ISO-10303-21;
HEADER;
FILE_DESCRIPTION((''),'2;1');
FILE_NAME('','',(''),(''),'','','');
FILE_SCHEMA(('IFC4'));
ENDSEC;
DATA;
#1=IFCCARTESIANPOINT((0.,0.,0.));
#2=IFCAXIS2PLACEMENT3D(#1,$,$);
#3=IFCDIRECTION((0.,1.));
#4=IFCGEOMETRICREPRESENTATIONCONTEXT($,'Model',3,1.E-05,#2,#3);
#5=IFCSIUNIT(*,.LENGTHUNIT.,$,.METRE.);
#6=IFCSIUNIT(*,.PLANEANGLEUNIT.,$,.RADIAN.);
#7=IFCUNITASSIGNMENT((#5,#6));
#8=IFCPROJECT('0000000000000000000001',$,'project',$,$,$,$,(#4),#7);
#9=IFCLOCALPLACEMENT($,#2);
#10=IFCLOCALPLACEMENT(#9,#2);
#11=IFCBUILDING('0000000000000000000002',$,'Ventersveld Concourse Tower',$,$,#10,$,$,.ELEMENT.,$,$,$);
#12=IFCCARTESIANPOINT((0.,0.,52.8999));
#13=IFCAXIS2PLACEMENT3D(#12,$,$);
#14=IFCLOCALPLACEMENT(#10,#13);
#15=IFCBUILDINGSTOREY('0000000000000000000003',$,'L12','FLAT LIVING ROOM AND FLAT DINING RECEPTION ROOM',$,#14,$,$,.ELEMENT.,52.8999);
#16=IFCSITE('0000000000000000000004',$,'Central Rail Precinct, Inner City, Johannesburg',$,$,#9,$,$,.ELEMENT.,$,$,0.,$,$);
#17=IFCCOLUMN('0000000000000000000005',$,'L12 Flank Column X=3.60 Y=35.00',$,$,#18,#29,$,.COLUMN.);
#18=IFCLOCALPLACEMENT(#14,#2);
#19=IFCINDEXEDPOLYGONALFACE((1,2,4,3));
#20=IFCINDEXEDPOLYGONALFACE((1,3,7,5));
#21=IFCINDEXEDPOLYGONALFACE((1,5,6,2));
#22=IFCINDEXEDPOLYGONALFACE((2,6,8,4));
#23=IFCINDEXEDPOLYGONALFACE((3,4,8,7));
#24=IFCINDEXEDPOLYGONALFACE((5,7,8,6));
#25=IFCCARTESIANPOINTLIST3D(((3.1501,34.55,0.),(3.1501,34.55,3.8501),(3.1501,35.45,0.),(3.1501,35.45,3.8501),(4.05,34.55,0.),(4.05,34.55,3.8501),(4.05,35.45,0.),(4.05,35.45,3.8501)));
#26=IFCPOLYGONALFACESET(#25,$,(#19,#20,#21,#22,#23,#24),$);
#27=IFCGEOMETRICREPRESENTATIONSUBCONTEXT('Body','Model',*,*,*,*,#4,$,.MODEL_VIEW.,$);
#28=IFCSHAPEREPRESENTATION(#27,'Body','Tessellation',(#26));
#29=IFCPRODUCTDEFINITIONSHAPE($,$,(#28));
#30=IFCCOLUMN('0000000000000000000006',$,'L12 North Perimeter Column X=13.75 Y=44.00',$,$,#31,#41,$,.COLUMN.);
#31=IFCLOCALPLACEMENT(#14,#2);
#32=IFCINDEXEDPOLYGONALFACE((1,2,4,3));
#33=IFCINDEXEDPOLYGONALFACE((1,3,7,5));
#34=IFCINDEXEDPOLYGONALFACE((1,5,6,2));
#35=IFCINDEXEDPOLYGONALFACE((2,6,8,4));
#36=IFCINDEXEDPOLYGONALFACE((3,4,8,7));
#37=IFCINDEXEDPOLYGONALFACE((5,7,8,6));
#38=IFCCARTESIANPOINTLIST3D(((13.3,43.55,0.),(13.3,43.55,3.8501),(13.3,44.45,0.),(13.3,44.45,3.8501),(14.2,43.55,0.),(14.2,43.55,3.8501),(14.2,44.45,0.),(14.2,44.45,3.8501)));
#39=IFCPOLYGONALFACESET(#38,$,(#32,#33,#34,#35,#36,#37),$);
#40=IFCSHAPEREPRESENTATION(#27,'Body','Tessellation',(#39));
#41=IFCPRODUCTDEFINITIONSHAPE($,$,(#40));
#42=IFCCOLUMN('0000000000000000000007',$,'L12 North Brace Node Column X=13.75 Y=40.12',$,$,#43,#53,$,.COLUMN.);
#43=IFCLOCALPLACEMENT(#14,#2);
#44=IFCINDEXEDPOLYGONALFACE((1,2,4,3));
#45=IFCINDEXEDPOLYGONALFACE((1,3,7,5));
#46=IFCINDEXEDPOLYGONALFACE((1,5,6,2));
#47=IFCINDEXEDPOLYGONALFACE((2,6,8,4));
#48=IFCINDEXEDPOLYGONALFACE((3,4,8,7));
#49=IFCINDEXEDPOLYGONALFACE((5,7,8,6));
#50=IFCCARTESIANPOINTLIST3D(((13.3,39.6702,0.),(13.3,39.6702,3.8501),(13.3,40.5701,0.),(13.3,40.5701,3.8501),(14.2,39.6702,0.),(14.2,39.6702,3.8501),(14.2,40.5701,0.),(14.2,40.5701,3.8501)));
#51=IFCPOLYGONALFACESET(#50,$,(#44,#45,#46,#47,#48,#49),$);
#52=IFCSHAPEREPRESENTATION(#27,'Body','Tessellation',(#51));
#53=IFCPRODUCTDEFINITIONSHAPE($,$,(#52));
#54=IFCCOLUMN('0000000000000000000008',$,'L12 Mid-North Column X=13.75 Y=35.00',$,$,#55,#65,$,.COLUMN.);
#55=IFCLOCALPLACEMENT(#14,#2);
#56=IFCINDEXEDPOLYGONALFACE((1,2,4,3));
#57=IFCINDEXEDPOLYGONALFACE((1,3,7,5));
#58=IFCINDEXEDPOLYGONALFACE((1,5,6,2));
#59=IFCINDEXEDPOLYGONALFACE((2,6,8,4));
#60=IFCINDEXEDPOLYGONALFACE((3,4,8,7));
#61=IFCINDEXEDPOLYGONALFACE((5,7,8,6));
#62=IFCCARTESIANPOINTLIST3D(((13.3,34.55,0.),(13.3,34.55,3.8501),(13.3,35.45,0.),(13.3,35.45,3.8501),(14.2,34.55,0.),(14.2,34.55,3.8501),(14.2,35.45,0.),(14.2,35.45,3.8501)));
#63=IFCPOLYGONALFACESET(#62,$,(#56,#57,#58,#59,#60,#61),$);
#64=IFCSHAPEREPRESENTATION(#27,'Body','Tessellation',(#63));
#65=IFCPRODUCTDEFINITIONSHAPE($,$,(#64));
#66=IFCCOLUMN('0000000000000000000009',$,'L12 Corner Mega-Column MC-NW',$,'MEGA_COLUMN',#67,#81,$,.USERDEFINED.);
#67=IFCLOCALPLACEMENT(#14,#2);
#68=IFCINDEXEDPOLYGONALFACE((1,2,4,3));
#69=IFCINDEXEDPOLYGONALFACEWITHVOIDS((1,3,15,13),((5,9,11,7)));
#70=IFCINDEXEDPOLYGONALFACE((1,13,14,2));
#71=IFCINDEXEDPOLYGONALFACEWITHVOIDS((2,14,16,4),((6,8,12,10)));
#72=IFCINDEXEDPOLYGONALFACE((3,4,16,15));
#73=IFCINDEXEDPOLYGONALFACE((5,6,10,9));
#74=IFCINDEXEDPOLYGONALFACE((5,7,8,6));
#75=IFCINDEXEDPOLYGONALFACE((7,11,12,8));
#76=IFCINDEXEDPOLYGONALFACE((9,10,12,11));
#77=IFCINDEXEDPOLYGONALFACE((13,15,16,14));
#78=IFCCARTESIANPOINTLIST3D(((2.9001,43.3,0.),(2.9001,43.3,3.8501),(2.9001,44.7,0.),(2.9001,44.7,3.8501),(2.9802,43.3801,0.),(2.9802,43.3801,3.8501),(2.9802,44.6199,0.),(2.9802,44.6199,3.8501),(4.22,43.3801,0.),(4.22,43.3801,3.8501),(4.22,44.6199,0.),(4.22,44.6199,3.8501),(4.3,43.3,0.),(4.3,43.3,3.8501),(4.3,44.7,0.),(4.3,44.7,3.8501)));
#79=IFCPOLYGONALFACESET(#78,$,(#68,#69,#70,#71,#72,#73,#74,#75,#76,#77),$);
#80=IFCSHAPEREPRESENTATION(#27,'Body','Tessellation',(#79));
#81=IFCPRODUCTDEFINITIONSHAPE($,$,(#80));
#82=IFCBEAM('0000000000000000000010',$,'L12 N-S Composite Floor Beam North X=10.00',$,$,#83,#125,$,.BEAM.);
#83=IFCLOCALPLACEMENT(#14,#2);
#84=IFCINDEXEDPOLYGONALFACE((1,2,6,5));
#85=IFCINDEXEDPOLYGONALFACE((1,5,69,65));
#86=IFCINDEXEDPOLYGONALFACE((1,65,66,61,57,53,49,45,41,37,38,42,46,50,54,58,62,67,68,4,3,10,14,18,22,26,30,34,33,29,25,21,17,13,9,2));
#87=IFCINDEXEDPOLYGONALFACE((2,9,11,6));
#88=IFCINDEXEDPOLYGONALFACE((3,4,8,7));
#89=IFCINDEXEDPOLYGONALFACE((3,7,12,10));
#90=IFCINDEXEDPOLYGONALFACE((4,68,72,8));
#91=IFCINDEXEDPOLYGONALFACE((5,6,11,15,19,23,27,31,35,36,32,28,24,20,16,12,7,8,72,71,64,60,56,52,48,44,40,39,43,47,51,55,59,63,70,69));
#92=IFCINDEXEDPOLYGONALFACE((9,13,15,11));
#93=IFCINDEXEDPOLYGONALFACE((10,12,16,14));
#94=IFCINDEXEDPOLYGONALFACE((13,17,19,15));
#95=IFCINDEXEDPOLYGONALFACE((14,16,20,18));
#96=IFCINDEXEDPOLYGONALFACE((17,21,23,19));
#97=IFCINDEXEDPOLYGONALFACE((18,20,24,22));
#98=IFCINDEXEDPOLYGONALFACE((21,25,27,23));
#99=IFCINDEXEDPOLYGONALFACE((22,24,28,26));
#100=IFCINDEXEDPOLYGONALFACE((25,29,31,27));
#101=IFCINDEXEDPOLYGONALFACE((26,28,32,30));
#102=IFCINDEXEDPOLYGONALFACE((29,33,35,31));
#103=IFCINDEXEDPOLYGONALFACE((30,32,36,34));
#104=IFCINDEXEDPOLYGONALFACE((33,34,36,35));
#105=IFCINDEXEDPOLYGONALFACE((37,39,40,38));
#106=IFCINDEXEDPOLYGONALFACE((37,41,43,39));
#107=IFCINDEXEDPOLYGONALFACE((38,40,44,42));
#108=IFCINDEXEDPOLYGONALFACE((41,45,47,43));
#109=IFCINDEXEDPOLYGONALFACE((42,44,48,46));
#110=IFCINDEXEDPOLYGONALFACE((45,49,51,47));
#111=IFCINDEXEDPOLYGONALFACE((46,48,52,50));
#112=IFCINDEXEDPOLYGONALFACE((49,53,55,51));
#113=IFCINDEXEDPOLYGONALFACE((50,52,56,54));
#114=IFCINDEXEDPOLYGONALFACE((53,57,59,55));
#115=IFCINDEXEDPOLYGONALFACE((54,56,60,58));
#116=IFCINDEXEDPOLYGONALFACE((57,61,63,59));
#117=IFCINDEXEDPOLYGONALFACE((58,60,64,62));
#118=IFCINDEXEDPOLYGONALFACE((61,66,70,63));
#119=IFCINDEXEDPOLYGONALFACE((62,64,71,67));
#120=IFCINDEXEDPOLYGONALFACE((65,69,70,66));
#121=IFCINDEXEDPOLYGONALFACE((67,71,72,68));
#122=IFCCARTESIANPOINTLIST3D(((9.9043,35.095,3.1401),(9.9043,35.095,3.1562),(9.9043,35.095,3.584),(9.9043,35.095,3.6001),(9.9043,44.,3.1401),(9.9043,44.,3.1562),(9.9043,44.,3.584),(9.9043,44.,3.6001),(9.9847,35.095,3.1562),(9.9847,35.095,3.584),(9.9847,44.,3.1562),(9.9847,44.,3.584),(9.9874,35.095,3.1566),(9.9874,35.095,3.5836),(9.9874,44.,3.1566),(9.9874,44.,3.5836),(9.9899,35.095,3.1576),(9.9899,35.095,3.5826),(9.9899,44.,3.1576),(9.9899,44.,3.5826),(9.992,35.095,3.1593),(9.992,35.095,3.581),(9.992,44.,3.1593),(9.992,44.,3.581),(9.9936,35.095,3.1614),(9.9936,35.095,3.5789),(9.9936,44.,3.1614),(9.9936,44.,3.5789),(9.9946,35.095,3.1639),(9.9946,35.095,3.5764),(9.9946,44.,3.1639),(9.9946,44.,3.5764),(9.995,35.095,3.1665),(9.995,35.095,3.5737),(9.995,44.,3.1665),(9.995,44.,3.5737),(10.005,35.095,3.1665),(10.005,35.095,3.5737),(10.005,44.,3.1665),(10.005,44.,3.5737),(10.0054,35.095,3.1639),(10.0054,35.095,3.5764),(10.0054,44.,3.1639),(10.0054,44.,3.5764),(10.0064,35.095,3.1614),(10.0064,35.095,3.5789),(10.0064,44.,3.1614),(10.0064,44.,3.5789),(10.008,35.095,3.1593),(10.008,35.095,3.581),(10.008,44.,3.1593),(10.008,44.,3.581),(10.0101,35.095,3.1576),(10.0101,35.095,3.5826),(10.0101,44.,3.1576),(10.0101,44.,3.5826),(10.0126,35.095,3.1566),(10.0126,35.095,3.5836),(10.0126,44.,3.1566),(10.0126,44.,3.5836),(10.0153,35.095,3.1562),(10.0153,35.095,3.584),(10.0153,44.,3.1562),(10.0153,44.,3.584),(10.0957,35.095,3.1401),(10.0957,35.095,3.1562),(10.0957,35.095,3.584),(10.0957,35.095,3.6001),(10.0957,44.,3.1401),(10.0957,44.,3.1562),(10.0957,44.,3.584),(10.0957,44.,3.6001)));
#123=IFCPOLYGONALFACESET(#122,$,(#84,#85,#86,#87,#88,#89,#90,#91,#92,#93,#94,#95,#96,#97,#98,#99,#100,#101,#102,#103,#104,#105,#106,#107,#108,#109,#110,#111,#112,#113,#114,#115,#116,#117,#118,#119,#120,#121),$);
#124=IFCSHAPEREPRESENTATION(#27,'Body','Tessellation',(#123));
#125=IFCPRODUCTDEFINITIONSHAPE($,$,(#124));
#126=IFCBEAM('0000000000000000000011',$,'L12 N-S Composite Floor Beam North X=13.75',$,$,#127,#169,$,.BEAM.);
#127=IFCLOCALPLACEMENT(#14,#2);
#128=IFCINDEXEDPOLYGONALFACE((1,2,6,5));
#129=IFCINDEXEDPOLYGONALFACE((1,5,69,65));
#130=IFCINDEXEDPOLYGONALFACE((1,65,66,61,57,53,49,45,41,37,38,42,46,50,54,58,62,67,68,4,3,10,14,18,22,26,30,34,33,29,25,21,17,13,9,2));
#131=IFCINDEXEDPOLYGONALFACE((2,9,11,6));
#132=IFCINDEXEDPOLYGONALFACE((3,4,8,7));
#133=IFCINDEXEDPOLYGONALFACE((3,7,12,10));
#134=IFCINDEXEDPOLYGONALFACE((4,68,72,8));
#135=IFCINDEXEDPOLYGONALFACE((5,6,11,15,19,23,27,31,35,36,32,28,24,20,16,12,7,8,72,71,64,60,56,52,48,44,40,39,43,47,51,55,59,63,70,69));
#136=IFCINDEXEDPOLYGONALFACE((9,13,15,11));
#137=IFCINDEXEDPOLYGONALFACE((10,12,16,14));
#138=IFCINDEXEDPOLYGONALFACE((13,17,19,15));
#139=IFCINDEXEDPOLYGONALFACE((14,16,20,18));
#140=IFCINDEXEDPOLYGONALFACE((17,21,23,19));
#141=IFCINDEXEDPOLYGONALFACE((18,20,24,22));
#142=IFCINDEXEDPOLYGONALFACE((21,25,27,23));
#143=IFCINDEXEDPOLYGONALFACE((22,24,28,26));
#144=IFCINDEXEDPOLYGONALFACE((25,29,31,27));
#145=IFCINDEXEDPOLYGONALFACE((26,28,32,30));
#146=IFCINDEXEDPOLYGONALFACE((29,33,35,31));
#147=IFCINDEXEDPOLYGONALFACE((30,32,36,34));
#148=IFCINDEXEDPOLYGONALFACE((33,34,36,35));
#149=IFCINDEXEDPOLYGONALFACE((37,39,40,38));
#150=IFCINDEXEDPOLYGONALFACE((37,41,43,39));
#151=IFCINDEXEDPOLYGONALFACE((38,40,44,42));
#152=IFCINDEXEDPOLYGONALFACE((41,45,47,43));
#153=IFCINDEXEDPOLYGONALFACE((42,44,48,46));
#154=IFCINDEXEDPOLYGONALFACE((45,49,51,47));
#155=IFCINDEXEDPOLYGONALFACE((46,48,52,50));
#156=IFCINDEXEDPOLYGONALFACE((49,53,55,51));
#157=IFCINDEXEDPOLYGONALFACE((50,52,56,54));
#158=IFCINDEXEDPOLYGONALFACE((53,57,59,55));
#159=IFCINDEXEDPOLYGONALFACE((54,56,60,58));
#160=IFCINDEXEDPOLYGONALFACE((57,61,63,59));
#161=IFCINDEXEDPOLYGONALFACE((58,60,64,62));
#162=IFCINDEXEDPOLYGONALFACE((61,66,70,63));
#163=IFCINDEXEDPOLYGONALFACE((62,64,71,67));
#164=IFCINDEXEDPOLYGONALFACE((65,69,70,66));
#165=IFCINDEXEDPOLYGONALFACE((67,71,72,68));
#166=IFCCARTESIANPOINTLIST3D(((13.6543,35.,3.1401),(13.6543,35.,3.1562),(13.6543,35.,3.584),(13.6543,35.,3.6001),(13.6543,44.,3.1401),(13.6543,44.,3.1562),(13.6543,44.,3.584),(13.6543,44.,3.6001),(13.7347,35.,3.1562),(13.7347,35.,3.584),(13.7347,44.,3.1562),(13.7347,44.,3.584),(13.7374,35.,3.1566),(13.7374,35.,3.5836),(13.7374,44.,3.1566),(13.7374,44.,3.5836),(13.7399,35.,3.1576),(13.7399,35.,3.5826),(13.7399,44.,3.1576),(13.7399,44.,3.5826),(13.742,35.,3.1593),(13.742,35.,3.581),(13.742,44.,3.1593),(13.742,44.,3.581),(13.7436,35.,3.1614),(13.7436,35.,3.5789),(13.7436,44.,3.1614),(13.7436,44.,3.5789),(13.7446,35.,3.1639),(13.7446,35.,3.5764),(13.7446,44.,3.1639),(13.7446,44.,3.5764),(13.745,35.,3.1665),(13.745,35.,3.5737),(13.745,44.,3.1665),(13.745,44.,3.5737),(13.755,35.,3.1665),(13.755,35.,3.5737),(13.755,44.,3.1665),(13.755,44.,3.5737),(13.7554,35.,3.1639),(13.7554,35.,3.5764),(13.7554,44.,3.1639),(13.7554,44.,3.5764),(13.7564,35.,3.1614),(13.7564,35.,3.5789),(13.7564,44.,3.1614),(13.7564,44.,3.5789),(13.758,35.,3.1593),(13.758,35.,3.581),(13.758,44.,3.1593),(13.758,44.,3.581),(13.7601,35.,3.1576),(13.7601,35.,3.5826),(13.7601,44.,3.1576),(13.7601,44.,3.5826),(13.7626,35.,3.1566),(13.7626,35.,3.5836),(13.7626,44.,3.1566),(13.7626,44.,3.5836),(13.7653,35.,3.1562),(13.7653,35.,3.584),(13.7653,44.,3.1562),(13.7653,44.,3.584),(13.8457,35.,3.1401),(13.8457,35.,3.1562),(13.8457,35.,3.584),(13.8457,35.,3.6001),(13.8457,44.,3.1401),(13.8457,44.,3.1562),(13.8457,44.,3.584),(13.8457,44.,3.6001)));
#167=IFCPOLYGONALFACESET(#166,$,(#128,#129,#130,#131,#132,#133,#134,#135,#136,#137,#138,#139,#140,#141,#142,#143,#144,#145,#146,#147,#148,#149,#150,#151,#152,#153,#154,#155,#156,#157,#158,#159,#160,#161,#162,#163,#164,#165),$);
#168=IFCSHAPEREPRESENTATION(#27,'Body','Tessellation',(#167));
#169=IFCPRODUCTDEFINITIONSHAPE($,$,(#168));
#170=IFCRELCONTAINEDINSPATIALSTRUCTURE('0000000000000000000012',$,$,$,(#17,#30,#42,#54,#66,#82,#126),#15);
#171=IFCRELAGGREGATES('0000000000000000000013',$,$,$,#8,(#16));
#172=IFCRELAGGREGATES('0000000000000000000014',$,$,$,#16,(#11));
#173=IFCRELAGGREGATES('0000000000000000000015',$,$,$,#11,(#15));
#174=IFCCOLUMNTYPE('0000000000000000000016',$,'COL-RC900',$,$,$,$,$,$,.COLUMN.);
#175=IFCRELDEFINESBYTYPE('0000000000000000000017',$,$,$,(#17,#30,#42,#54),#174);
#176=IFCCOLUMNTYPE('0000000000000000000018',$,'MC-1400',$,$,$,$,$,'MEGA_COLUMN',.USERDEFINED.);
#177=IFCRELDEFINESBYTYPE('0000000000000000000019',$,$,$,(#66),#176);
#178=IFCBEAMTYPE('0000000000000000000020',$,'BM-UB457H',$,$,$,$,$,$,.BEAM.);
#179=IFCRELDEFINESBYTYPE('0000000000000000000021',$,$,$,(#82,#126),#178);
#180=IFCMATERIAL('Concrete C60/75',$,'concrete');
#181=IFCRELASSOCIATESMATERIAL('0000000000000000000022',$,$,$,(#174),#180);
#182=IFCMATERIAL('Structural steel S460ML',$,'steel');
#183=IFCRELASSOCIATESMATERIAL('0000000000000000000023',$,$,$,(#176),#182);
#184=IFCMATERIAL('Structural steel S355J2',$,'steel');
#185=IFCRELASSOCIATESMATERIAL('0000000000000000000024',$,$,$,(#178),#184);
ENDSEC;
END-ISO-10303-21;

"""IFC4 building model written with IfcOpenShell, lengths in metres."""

from ifc_helpers import new_model, si_unit, direction, frame, origin, origin_2d, place, context, subcontext, project, spatial, rectangle, hollow_rectangle, i_section, extrude, material, material_profile, profile_set, type_object, element, save


model = new_model("IFC4")

# Units and contexts
model_context = context("Model", 3, precision=1e-05, world=origin(), true_north=direction((0.0, 1.0)))
body_context = subcontext(model_context, "Body", "Model", "MODEL_VIEW")
ifc_project = project(units=[si_unit("LENGTHUNIT", "METRE"), si_unit("PLANEANGLEUNIT", "RADIAN")], contexts=[model_context])

# Site, building, storey
site_placement = place(None, origin())
site = spatial("IfcSite", under=ifc_project, at=site_placement, Name="Central Rail Precinct, Inner City, Johannesburg", CompositionType="ELEMENT", RefElevation=0.0)
building_placement = place(site_placement, origin())
building = spatial("IfcBuilding", under=site, at=building_placement, Name="Ventersveld Concourse Tower", CompositionType="ELEMENT")
storey_placement = place(building_placement, frame((0.0, 0.0, 52.8999)))
storey = spatial("IfcBuildingStorey", under=building, at=storey_placement, Name="L12", Description="FLAT LIVING ROOM AND FLAT DINING RECEPTION ROOM", CompositionType="ELEMENT", Elevation=52.8999)

# Columns
ifc_material_1 = material(Name="Concrete C60/75", Category="concrete")
ifc_material_profile_1 = material_profile(ifc_material_1, rectangle(XDim=0.8999, YDim=0.8999, at=origin_2d()), Name="RC 900x900")
ifc_profile_set_1 = profile_set([ifc_material_profile_1], Name="Concrete C60/75")
column_type_1 = type_object("IfcColumnType", Name="COL-RC900", PredefinedType="COLUMN", material=ifc_profile_set_1)
for number, where, z_axis, x_axis, name in (
    (1, (3.6001, 35.0, 0.0), (0.0, 0.0, 1.0), (1.0, 0.0, 0.0), "L12 Flank Column X=3.60 Y=35.00"),
    (2, (13.75, 44.0, 0.0), (0.0, 0.0, 1.0), (1.0, 0.0, 0.0), "L12 North Perimeter Column X=13.75 Y=44.00"),
    (3, (13.75, 40.1201, 0.0), (0.0, 0.0, 1.0), (1.0, 0.0, 0.0), "L12 North Brace Node Column X=13.75 Y=40.12"),
    (4, (13.75, 35.0, 0.0), (0.0, 0.0, 1.0), (1.0, 0.0, 0.0), "L12 Mid-North Column X=13.75 Y=35.00"),
):
    element("IfcColumn", number, at=place(storey_placement, frame(where, z_axis=z_axis, x_axis=x_axis)), inside=storey, type_object=column_type_1, Name=name, PredefinedType="COLUMN", context=body_context, shape_type="SweptSolid", body=[
        extrude(rectangle(XDim=0.8999, YDim=0.8999, at=origin_2d()), origin(), (0.0, 0.0, 1.0), 3.8501),
    ])
ifc_material_2 = material(Name="Structural steel S460ML", Category="steel")
ifc_material_profile_2 = material_profile(ifc_material_2, hollow_rectangle(XDim=1.3999, YDim=1.3999, WallThickness=0.0801, at=origin_2d()), Name="BOX 1400x1400x80")
ifc_profile_set_2 = profile_set([ifc_material_profile_2], Name="Structural steel S460ML")
column_type_2 = type_object("IfcColumnType", Name="MC-1400", ElementType="MEGA_COLUMN", PredefinedType="USERDEFINED", material=ifc_profile_set_2)
column_placement = place(storey_placement, frame((3.6001, 44.0, 0.0), z_axis=(0.0, 0.0, 1.0), x_axis=(1.0, 0.0, 0.0)))
element("IfcColumn", 5, at=column_placement, inside=storey, type_object=column_type_2, Name="L12 Corner Mega-Column MC-NW", ObjectType="MEGA_COLUMN", PredefinedType="USERDEFINED", context=body_context, shape_type="SweptSolid", body=[
    extrude(hollow_rectangle(XDim=1.3999, YDim=1.3999, WallThickness=0.0801, at=origin_2d()), origin(), (0.0, 0.0, 1.0), 3.8501),
])

# Beams
ifc_material_3 = material(Name="Structural steel S355J2", Category="steel")
ifc_material_profile_3 = material_profile(ifc_material_3, i_section(OverallWidth=0.1914, OverallDepth=0.46, WebThickness=0.01, FlangeThickness=0.0161, FilletRadius=0.0103, at=origin_2d()), Name="UB 457x191x82")
ifc_profile_set_3 = profile_set([ifc_material_profile_3], Name="Structural steel S355J2")
beam_type_1 = type_object("IfcBeamType", Name="BM-UB457H", PredefinedType="BEAM", material=ifc_profile_set_3)
beam_1_placement = place(storey_placement, frame((10.0, 35.095, 3.3701), z_axis=(0.0, 1.0, 0.0), x_axis=(-1.0, 0.0, 0.0)))
element("IfcBeam", 6, at=beam_1_placement, inside=storey, type_object=beam_type_1, Name="L12 N-S Composite Floor Beam North X=10.00", PredefinedType="BEAM", context=body_context, shape_type="SweptSolid", body=[
    extrude(i_section(OverallWidth=0.1914, OverallDepth=0.46, WebThickness=0.01, FlangeThickness=0.0161, FilletRadius=0.0103, at=origin_2d()), origin(), (0.0, 0.0, 1.0), 8.905),
])
beam_2_placement = place(storey_placement, frame((13.75, 35.0, 3.3701), z_axis=(0.0, 1.0, 0.0), x_axis=(-1.0, 0.0, 0.0)))
element("IfcBeam", 7, at=beam_2_placement, inside=storey, type_object=beam_type_1, Name="L12 N-S Composite Floor Beam North X=13.75", PredefinedType="BEAM", context=body_context, shape_type="SweptSolid", body=[
    extrude(i_section(OverallWidth=0.1914, OverallDepth=0.46, WebThickness=0.01, FlangeThickness=0.0161, FilletRadius=0.0103, at=origin_2d()), origin(), (0.0, 0.0, 1.0), 9.0),
])

save(model, "model.ifc")
